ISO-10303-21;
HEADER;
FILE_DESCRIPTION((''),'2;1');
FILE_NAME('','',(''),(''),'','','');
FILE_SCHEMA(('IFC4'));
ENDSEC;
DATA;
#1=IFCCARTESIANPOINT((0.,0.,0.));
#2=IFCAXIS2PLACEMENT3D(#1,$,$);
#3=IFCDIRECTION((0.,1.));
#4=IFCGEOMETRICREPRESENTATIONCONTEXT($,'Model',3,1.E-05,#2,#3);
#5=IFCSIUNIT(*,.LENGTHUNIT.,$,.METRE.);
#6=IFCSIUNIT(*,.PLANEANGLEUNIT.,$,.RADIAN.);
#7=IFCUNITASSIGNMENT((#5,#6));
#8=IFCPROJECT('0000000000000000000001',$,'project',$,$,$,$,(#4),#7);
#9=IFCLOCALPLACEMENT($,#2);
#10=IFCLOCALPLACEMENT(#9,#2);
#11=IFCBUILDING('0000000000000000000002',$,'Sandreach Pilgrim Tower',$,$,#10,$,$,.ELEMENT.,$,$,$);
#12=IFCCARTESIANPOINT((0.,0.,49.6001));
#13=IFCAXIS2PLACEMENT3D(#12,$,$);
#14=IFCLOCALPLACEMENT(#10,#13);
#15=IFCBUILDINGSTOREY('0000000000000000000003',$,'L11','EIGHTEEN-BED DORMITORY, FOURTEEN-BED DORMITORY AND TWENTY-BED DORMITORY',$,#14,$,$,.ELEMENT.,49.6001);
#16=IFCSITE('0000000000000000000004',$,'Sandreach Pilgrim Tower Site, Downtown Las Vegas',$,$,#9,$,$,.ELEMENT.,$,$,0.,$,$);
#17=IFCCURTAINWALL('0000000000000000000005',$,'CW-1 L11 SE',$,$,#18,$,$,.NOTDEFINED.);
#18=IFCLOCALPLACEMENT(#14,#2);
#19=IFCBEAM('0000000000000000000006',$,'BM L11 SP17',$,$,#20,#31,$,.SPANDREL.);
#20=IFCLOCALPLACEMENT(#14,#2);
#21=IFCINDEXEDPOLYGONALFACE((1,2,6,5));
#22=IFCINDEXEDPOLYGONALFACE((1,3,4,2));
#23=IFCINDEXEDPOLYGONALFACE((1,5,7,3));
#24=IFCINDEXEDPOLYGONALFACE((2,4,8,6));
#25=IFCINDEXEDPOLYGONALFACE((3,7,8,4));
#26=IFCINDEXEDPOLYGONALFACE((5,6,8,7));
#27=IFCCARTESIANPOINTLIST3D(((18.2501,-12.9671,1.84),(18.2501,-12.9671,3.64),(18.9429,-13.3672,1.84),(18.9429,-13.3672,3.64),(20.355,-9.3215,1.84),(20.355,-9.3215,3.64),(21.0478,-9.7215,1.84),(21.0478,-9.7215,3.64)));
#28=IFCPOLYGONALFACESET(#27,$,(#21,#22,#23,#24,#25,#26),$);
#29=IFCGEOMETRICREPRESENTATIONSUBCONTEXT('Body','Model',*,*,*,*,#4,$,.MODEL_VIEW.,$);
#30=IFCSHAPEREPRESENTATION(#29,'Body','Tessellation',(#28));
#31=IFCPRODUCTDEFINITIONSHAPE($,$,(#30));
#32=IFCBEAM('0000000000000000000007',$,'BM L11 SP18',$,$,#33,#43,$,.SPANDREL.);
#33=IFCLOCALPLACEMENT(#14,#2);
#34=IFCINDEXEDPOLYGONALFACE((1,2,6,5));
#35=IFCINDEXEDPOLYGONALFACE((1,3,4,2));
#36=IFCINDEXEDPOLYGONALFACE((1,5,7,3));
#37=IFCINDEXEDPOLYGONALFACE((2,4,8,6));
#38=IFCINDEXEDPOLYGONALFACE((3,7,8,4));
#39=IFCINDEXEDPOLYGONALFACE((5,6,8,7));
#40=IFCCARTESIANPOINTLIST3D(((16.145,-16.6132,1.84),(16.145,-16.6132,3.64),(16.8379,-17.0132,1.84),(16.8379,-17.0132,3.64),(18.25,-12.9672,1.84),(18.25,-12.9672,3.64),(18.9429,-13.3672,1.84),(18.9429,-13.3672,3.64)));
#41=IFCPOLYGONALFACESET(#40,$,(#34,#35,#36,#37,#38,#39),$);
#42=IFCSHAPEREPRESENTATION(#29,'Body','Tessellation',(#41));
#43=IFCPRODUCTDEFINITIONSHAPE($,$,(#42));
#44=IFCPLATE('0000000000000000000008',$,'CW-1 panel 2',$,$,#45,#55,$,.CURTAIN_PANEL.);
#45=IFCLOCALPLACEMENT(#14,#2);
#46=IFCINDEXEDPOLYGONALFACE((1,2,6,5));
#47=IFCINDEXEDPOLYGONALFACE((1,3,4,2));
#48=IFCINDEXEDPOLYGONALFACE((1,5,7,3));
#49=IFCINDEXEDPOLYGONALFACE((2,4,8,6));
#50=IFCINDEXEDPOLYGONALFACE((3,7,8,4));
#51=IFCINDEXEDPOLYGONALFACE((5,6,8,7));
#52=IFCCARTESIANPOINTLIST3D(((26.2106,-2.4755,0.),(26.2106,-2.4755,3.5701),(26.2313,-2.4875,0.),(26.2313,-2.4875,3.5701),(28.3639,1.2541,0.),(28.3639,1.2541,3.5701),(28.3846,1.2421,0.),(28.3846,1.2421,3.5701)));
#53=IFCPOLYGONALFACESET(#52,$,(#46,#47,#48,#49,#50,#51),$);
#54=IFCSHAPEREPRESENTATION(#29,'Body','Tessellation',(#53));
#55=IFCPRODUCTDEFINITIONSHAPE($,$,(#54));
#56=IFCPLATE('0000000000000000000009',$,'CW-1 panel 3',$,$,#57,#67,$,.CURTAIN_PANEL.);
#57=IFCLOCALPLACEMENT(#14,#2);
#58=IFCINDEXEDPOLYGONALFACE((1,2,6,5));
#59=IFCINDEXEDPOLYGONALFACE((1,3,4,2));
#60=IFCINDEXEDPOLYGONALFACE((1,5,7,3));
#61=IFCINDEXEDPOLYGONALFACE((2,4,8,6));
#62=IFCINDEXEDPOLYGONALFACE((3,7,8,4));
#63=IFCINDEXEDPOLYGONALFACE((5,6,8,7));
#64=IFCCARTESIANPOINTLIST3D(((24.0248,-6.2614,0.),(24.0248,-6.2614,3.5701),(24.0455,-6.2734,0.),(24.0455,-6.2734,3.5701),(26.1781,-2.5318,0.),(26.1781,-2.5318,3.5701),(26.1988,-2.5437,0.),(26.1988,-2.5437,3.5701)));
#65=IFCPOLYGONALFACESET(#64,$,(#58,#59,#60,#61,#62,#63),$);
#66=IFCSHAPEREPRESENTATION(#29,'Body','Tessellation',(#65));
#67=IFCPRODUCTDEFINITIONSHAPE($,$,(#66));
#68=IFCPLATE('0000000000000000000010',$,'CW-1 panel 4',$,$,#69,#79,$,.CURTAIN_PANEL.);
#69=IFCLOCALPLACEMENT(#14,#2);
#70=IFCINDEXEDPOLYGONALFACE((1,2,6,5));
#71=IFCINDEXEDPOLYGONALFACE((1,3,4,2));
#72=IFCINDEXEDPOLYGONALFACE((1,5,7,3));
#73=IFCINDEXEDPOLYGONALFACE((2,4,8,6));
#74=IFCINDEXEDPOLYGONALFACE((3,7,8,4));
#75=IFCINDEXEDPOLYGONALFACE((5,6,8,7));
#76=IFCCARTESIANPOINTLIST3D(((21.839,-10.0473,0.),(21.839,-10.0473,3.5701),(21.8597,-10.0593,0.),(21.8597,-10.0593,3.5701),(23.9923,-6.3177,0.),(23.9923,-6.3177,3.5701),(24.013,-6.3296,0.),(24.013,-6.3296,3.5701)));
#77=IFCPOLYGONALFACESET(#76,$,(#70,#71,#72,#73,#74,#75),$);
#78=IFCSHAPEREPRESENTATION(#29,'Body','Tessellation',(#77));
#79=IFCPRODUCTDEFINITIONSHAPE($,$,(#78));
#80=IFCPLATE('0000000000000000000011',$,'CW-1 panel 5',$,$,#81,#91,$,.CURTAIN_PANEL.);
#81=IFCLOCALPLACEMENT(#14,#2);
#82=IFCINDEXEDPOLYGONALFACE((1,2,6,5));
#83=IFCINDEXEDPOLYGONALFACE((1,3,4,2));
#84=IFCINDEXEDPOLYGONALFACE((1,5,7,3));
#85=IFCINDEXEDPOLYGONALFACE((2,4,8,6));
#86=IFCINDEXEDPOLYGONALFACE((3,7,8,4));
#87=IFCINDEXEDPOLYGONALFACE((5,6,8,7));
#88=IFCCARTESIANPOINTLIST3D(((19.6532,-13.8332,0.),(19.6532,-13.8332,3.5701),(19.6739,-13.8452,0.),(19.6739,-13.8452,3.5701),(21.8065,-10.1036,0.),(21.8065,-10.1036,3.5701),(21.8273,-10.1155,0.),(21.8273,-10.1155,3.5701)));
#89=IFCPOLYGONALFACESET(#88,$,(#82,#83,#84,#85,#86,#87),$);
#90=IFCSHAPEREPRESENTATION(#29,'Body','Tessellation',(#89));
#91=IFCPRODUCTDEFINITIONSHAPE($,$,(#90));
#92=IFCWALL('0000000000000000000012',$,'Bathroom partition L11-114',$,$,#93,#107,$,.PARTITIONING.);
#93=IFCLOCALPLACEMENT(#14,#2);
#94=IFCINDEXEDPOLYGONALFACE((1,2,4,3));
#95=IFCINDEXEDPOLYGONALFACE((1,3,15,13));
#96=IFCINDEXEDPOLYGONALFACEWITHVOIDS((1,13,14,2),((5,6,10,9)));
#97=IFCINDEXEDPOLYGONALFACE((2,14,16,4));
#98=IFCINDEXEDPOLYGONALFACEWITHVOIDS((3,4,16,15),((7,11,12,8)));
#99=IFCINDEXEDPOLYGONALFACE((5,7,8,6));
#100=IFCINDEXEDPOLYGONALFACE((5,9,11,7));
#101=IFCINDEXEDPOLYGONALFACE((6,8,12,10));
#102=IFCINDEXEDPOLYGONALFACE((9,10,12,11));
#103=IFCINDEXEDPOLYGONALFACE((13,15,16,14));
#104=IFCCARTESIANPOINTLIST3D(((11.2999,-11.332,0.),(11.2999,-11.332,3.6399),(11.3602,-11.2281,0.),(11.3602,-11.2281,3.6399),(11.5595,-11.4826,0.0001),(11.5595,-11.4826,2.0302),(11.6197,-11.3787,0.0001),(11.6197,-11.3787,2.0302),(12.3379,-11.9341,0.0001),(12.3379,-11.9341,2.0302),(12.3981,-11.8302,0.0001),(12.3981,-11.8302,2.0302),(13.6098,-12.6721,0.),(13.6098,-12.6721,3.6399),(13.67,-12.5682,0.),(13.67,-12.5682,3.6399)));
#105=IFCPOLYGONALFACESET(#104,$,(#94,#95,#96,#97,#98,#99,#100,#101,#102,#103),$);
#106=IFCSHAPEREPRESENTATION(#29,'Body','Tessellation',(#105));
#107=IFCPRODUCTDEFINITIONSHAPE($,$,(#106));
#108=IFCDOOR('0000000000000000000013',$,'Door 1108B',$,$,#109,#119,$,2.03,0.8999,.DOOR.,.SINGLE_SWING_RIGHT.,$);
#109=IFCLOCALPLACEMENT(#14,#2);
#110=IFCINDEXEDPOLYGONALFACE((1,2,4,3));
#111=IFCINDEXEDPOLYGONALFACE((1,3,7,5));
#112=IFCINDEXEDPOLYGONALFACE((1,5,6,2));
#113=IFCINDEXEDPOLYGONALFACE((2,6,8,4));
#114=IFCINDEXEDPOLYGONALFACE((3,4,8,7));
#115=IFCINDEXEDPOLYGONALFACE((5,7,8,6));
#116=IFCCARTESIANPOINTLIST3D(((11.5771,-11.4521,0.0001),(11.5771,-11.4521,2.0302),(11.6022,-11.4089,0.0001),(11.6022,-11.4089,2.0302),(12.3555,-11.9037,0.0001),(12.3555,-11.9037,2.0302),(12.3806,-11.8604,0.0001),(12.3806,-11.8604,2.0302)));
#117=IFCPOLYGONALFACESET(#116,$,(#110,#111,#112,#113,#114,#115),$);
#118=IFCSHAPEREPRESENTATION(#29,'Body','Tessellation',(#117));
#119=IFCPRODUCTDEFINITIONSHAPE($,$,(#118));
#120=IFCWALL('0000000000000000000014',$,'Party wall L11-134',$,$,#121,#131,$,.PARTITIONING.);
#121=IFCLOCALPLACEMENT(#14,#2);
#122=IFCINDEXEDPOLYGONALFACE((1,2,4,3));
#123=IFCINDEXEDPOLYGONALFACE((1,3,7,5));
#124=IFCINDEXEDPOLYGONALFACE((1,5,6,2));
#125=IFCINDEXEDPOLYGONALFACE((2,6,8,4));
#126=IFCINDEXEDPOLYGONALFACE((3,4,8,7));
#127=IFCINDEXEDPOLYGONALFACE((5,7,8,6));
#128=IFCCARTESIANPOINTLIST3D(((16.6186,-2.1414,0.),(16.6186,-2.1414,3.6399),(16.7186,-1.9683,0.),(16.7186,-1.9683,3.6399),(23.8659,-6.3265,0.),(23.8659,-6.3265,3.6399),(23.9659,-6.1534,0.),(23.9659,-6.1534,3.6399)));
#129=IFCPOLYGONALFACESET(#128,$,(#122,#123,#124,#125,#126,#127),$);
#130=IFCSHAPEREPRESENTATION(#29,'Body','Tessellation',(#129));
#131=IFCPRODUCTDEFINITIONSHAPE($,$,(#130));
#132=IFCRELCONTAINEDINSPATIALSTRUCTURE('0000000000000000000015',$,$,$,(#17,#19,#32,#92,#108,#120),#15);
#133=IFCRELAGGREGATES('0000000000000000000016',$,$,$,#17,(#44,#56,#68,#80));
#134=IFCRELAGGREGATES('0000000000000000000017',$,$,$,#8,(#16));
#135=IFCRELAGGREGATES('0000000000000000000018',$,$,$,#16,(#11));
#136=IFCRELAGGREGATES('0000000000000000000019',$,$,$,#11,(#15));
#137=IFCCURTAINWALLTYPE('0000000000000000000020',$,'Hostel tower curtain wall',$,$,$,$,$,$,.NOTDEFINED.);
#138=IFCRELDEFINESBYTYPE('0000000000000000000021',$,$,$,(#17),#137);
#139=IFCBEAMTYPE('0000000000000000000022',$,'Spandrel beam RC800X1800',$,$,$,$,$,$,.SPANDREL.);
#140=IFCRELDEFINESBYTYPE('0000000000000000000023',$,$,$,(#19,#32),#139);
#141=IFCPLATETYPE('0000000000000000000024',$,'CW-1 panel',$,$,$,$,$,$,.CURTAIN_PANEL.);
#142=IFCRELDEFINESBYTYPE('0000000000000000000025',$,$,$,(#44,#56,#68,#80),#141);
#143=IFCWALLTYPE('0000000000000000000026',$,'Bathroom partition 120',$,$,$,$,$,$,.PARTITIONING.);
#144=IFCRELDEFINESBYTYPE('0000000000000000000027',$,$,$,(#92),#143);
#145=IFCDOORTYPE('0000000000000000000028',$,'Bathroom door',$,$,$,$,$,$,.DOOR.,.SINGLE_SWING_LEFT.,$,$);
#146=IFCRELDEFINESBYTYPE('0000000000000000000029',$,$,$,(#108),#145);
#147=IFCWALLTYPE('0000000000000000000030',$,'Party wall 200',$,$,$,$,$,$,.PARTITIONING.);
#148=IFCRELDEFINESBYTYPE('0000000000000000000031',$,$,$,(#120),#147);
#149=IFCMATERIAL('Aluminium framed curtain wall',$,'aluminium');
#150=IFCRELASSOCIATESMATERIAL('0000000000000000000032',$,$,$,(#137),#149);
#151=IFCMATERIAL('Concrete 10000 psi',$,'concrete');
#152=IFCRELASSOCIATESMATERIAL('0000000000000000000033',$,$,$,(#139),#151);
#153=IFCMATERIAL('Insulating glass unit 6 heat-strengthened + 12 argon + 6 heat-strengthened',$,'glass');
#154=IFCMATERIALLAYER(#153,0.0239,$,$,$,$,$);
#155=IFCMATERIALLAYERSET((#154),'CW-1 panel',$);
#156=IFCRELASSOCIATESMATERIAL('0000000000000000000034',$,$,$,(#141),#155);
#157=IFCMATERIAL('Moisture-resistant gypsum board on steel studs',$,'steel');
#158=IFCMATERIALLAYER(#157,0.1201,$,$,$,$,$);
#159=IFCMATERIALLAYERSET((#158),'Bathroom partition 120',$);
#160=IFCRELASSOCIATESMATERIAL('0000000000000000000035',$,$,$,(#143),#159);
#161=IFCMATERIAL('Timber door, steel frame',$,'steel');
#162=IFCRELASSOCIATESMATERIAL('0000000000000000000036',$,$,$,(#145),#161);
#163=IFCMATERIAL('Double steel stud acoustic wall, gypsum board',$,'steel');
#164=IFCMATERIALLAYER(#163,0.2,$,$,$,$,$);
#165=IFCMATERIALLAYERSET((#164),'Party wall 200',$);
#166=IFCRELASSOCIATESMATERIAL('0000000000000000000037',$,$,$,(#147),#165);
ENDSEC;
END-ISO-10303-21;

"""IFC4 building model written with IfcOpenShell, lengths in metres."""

from ifc_helpers import new_model, si_unit, direction, frame, frame_2d, origin, origin_2d, place, context, subcontext, project, spatial, rectangle, extrude, material, layer, layer_set, material_profile, profile_set, type_object, element, fill, aggregate, save


model = new_model("IFC4")

# Units and contexts
model_context = context("Model", 3, precision=1e-05, world=origin(), true_north=direction((0.0, 1.0)))
body_context = subcontext(model_context, "Body", "Model", "MODEL_VIEW")
ifc_project = project(units=[si_unit("LENGTHUNIT", "METRE"), si_unit("PLANEANGLEUNIT", "RADIAN")], contexts=[model_context])

# Site, building, storey
site_placement = place(None, origin())
site = spatial("IfcSite", under=ifc_project, at=site_placement, Name="Sandreach Pilgrim Tower Site, Downtown Las Vegas", CompositionType="ELEMENT", RefElevation=0.0)
building_placement = place(site_placement, origin())
building = spatial("IfcBuilding", under=site, at=building_placement, Name="Sandreach Pilgrim Tower", CompositionType="ELEMENT")
storey_placement = place(building_placement, frame((0.0, 0.0, 49.6001)))
storey = spatial("IfcBuildingStorey", under=building, at=storey_placement, Name="L11", Description="EIGHTEEN-BED DORMITORY, FOURTEEN-BED DORMITORY AND TWENTY-BED DORMITORY", CompositionType="ELEMENT", Elevation=49.6001)

# Curtain wall
ifc_material_1 = material(Name="Aluminium framed curtain wall", Category="aluminium")
curtain_wall_type = type_object("IfcCurtainWallType", Name="Hostel tower curtain wall", PredefinedType="NOTDEFINED", material=ifc_material_1)
curtain_wall_placement = place(storey_placement, origin())
curtain_wall = element("IfcCurtainWall", 1, at=curtain_wall_placement, inside=storey, type_object=curtain_wall_type, Name="CW-1 L11 SE", PredefinedType="NOTDEFINED")

# Beams
ifc_material_2 = material(Name="Concrete 10000 psi", Category="concrete")
ifc_material_profile_1 = material_profile(ifc_material_2, rectangle(XDim=0.8, YDim=1.8, at=origin_2d()), Name="RC800X1800")
ifc_profile_set_1 = profile_set([ifc_material_profile_1], Name="Concrete 10000 psi")
beam_type_1 = type_object("IfcBeamType", Name="Spandrel beam RC800X1800", PredefinedType="SPANDREL", material=ifc_profile_set_1)
beam_1_placement = place(storey_placement, frame((20.7014, -9.5215, 2.74), z_axis=(-0.500019, -0.866015, 0.0), x_axis=(0.866015, -0.500019, 0.0)))
element("IfcBeam", 2, at=beam_1_placement, inside=storey, type_object=beam_type_1, Name="BM L11 SP17", PredefinedType="SPANDREL", context=body_context, shape_type="SweptSolid", body=[
    extrude(rectangle(XDim=0.8, YDim=1.8, at=origin_2d()), origin(), (0.0, 0.0, 1.0), 4.2097),
])
beam_2_placement = place(storey_placement, frame((18.5964, -13.1672, 2.74), z_axis=(-0.499994, -0.866029, 0.0), x_axis=(0.866029, -0.499994, 0.0)))
element("IfcBeam", 3, at=beam_2_placement, inside=storey, type_object=beam_type_1, Name="BM L11 SP18", PredefinedType="SPANDREL", context=body_context, shape_type="SweptSolid", body=[
    extrude(rectangle(XDim=0.8, YDim=1.8, at=origin_2d()), origin(), (0.0, 0.0, 1.0), 4.21),
])

# Plates
ifc_material_3 = material(Name="Insulating glass unit 6 heat-strengthened + 12 argon + 6 heat-strengthened", Category="glass")
ifc_layer_1 = layer(ifc_material_3, 0.0239)
ifc_layer_set_1 = layer_set([ifc_layer_1], Name="CW-1 panel")
plate_type = type_object("IfcPlateType", Name="CW-1 panel", PredefinedType="CURTAIN_PANEL", material=ifc_layer_set_1)
plate_1_placement = place(storey_placement, frame((27.2976, -0.6167, 0.0), z_axis=(0.0, 0.0, 1.0), x_axis=(-0.5, -0.866025, 0.0)))
plate_1 = element("IfcPlate", 4, at=plate_1_placement, type_object=plate_type, Name="CW-1 panel 2", PredefinedType="CURTAIN_PANEL", context=body_context, shape_type="SweptSolid", body=[
    extrude(rectangle(XDim=4.3066, YDim=0.0239, at=origin_2d()), origin(), (0.0, 0.0, 1.0), 3.5701),
])
plate_2_placement = place(storey_placement, frame((25.1118, -4.4026, 0.0), z_axis=(0.0, 0.0, 1.0), x_axis=(-0.5, -0.866025, 0.0)))
plate_2 = element("IfcPlate", 5, at=plate_2_placement, type_object=plate_type, Name="CW-1 panel 3", PredefinedType="CURTAIN_PANEL", context=body_context, shape_type="SweptSolid", body=[
    extrude(rectangle(XDim=4.3066, YDim=0.0239, at=origin_2d()), origin(), (0.0, 0.0, 1.0), 3.5701),
])
plate_3_placement = place(storey_placement, frame((22.926, -8.1885, 0.0), z_axis=(0.0, 0.0, 1.0), x_axis=(-0.5, -0.866025, 0.0)))
plate_3 = element("IfcPlate", 6, at=plate_3_placement, type_object=plate_type, Name="CW-1 panel 4", PredefinedType="CURTAIN_PANEL", context=body_context, shape_type="SweptSolid", body=[
    extrude(rectangle(XDim=4.3066, YDim=0.0239, at=origin_2d()), origin(), (0.0, 0.0, 1.0), 3.5701),
])
plate_4_placement = place(storey_placement, frame((20.7402, -11.9744, 0.0), z_axis=(0.0, 0.0, 1.0), x_axis=(-0.5, -0.866025, 0.0)))
plate_4 = element("IfcPlate", 7, at=plate_4_placement, type_object=plate_type, Name="CW-1 panel 5", PredefinedType="CURTAIN_PANEL", context=body_context, shape_type="SweptSolid", body=[
    extrude(rectangle(XDim=4.3066, YDim=0.0239, at=origin_2d()), origin(), (0.0, 0.0, 1.0), 3.5701),
])
aggregate(curtain_wall, [plate_1, plate_2, plate_3, plate_4])

# Wall, opening, door
ifc_material_4 = material(Name="Moisture-resistant gypsum board on steel studs", Category="steel")
ifc_layer_2 = layer(ifc_material_4, 0.1201)
ifc_layer_set_2 = layer_set([ifc_layer_2], Name="Bathroom partition 120")
wall_type_1 = type_object("IfcWallType", Name="Bathroom partition 120", PredefinedType="PARTITIONING", material=ifc_layer_set_2)
wall_1_placement = place(storey_placement, frame((13.6399, -12.6201, 0.0), z_axis=(0.0, 0.0, 1.0), x_axis=(-0.864967, 0.501829, 0.0)))
wall_1 = element("IfcWall", 8, at=wall_1_placement, inside=storey, type_object=wall_type_1, Name="Bathroom partition L11-114", PredefinedType="PARTITIONING", context=body_context, shape_type="SweptSolid", body=[
    extrude(rectangle(XDim=2.6704, YDim=0.1201, at=frame_2d((1.3352, 0.0))), origin(), (0.0, 0.0, 1.0), 3.6399),
])
opening_1_placement = place(wall_1_placement, frame((1.4705, 0.0, 0.0)))
opening_1 = element("IfcOpeningElement", 9, at=opening_1_placement, cuts=wall_1, PredefinedType="OPENING", context=body_context, shape_type="SweptSolid", body=[
    extrude(rectangle(XDim=0.8999, YDim=2.03, at=frame_2d((0.45, 1.0151))), frame((0.0, 0.0601, 0.0), z_axis=(0.0, -1.0, 0.0), x_axis=(1.0, 0.0, 0.0)), (0.0, 0.0, 1.0), 0.1201),
])
ifc_material_5 = material(Name="Timber door, steel frame", Category="steel")
door_type_1 = type_object("IfcDoorType", Name="Bathroom door", OperationType="SINGLE_SWING_LEFT", PredefinedType="DOOR", material=ifc_material_5)
door_1_placement = place(opening_1_placement, origin())
door_1 = element("IfcDoor", 10, at=door_1_placement, inside=storey, type_object=door_type_1, Name="Door 1108B", OperationType="SINGLE_SWING_RIGHT", OverallHeight=2.03, OverallWidth=0.8999, PredefinedType="DOOR", context=body_context, shape_type="SweptSolid", body=[
    extrude(rectangle(XDim=0.8999, YDim=2.03, at=frame_2d((0.45, 1.0151))), frame((0.0, 0.0249, 0.0), z_axis=(0.0, -1.0, 0.0), x_axis=(1.0, 0.0, 0.0)), (0.0, 0.0, 1.0), 0.05),
])
fill(opening_1, door_1)

# Wall
ifc_material_6 = material(Name="Double steel stud acoustic wall, gypsum board", Category="steel")
ifc_layer_3 = layer(ifc_material_6, 0.2)
ifc_layer_set_3 = layer_set([ifc_layer_3], Name="Party wall 200")
wall_type_2 = type_object("IfcWallType", Name="Party wall 200", PredefinedType="PARTITIONING", material=ifc_layer_set_3)
wall_2_placement = place(storey_placement, frame((23.916, -6.24, 0.0), z_axis=(0.0, 0.0, 1.0), x_axis=(-0.865983, 0.500073, 0.0)))
element("IfcWall", 11, at=wall_2_placement, inside=storey, type_object=wall_type_2, Name="Party wall L11-134", PredefinedType="PARTITIONING", context=body_context, shape_type="SweptSolid", body=[
    extrude(rectangle(XDim=8.3689, YDim=0.2, at=frame_2d((4.1846, 0.0))), origin(), (0.0, 0.0, 1.0), 3.6399),
])

save(model, "model.ifc")
